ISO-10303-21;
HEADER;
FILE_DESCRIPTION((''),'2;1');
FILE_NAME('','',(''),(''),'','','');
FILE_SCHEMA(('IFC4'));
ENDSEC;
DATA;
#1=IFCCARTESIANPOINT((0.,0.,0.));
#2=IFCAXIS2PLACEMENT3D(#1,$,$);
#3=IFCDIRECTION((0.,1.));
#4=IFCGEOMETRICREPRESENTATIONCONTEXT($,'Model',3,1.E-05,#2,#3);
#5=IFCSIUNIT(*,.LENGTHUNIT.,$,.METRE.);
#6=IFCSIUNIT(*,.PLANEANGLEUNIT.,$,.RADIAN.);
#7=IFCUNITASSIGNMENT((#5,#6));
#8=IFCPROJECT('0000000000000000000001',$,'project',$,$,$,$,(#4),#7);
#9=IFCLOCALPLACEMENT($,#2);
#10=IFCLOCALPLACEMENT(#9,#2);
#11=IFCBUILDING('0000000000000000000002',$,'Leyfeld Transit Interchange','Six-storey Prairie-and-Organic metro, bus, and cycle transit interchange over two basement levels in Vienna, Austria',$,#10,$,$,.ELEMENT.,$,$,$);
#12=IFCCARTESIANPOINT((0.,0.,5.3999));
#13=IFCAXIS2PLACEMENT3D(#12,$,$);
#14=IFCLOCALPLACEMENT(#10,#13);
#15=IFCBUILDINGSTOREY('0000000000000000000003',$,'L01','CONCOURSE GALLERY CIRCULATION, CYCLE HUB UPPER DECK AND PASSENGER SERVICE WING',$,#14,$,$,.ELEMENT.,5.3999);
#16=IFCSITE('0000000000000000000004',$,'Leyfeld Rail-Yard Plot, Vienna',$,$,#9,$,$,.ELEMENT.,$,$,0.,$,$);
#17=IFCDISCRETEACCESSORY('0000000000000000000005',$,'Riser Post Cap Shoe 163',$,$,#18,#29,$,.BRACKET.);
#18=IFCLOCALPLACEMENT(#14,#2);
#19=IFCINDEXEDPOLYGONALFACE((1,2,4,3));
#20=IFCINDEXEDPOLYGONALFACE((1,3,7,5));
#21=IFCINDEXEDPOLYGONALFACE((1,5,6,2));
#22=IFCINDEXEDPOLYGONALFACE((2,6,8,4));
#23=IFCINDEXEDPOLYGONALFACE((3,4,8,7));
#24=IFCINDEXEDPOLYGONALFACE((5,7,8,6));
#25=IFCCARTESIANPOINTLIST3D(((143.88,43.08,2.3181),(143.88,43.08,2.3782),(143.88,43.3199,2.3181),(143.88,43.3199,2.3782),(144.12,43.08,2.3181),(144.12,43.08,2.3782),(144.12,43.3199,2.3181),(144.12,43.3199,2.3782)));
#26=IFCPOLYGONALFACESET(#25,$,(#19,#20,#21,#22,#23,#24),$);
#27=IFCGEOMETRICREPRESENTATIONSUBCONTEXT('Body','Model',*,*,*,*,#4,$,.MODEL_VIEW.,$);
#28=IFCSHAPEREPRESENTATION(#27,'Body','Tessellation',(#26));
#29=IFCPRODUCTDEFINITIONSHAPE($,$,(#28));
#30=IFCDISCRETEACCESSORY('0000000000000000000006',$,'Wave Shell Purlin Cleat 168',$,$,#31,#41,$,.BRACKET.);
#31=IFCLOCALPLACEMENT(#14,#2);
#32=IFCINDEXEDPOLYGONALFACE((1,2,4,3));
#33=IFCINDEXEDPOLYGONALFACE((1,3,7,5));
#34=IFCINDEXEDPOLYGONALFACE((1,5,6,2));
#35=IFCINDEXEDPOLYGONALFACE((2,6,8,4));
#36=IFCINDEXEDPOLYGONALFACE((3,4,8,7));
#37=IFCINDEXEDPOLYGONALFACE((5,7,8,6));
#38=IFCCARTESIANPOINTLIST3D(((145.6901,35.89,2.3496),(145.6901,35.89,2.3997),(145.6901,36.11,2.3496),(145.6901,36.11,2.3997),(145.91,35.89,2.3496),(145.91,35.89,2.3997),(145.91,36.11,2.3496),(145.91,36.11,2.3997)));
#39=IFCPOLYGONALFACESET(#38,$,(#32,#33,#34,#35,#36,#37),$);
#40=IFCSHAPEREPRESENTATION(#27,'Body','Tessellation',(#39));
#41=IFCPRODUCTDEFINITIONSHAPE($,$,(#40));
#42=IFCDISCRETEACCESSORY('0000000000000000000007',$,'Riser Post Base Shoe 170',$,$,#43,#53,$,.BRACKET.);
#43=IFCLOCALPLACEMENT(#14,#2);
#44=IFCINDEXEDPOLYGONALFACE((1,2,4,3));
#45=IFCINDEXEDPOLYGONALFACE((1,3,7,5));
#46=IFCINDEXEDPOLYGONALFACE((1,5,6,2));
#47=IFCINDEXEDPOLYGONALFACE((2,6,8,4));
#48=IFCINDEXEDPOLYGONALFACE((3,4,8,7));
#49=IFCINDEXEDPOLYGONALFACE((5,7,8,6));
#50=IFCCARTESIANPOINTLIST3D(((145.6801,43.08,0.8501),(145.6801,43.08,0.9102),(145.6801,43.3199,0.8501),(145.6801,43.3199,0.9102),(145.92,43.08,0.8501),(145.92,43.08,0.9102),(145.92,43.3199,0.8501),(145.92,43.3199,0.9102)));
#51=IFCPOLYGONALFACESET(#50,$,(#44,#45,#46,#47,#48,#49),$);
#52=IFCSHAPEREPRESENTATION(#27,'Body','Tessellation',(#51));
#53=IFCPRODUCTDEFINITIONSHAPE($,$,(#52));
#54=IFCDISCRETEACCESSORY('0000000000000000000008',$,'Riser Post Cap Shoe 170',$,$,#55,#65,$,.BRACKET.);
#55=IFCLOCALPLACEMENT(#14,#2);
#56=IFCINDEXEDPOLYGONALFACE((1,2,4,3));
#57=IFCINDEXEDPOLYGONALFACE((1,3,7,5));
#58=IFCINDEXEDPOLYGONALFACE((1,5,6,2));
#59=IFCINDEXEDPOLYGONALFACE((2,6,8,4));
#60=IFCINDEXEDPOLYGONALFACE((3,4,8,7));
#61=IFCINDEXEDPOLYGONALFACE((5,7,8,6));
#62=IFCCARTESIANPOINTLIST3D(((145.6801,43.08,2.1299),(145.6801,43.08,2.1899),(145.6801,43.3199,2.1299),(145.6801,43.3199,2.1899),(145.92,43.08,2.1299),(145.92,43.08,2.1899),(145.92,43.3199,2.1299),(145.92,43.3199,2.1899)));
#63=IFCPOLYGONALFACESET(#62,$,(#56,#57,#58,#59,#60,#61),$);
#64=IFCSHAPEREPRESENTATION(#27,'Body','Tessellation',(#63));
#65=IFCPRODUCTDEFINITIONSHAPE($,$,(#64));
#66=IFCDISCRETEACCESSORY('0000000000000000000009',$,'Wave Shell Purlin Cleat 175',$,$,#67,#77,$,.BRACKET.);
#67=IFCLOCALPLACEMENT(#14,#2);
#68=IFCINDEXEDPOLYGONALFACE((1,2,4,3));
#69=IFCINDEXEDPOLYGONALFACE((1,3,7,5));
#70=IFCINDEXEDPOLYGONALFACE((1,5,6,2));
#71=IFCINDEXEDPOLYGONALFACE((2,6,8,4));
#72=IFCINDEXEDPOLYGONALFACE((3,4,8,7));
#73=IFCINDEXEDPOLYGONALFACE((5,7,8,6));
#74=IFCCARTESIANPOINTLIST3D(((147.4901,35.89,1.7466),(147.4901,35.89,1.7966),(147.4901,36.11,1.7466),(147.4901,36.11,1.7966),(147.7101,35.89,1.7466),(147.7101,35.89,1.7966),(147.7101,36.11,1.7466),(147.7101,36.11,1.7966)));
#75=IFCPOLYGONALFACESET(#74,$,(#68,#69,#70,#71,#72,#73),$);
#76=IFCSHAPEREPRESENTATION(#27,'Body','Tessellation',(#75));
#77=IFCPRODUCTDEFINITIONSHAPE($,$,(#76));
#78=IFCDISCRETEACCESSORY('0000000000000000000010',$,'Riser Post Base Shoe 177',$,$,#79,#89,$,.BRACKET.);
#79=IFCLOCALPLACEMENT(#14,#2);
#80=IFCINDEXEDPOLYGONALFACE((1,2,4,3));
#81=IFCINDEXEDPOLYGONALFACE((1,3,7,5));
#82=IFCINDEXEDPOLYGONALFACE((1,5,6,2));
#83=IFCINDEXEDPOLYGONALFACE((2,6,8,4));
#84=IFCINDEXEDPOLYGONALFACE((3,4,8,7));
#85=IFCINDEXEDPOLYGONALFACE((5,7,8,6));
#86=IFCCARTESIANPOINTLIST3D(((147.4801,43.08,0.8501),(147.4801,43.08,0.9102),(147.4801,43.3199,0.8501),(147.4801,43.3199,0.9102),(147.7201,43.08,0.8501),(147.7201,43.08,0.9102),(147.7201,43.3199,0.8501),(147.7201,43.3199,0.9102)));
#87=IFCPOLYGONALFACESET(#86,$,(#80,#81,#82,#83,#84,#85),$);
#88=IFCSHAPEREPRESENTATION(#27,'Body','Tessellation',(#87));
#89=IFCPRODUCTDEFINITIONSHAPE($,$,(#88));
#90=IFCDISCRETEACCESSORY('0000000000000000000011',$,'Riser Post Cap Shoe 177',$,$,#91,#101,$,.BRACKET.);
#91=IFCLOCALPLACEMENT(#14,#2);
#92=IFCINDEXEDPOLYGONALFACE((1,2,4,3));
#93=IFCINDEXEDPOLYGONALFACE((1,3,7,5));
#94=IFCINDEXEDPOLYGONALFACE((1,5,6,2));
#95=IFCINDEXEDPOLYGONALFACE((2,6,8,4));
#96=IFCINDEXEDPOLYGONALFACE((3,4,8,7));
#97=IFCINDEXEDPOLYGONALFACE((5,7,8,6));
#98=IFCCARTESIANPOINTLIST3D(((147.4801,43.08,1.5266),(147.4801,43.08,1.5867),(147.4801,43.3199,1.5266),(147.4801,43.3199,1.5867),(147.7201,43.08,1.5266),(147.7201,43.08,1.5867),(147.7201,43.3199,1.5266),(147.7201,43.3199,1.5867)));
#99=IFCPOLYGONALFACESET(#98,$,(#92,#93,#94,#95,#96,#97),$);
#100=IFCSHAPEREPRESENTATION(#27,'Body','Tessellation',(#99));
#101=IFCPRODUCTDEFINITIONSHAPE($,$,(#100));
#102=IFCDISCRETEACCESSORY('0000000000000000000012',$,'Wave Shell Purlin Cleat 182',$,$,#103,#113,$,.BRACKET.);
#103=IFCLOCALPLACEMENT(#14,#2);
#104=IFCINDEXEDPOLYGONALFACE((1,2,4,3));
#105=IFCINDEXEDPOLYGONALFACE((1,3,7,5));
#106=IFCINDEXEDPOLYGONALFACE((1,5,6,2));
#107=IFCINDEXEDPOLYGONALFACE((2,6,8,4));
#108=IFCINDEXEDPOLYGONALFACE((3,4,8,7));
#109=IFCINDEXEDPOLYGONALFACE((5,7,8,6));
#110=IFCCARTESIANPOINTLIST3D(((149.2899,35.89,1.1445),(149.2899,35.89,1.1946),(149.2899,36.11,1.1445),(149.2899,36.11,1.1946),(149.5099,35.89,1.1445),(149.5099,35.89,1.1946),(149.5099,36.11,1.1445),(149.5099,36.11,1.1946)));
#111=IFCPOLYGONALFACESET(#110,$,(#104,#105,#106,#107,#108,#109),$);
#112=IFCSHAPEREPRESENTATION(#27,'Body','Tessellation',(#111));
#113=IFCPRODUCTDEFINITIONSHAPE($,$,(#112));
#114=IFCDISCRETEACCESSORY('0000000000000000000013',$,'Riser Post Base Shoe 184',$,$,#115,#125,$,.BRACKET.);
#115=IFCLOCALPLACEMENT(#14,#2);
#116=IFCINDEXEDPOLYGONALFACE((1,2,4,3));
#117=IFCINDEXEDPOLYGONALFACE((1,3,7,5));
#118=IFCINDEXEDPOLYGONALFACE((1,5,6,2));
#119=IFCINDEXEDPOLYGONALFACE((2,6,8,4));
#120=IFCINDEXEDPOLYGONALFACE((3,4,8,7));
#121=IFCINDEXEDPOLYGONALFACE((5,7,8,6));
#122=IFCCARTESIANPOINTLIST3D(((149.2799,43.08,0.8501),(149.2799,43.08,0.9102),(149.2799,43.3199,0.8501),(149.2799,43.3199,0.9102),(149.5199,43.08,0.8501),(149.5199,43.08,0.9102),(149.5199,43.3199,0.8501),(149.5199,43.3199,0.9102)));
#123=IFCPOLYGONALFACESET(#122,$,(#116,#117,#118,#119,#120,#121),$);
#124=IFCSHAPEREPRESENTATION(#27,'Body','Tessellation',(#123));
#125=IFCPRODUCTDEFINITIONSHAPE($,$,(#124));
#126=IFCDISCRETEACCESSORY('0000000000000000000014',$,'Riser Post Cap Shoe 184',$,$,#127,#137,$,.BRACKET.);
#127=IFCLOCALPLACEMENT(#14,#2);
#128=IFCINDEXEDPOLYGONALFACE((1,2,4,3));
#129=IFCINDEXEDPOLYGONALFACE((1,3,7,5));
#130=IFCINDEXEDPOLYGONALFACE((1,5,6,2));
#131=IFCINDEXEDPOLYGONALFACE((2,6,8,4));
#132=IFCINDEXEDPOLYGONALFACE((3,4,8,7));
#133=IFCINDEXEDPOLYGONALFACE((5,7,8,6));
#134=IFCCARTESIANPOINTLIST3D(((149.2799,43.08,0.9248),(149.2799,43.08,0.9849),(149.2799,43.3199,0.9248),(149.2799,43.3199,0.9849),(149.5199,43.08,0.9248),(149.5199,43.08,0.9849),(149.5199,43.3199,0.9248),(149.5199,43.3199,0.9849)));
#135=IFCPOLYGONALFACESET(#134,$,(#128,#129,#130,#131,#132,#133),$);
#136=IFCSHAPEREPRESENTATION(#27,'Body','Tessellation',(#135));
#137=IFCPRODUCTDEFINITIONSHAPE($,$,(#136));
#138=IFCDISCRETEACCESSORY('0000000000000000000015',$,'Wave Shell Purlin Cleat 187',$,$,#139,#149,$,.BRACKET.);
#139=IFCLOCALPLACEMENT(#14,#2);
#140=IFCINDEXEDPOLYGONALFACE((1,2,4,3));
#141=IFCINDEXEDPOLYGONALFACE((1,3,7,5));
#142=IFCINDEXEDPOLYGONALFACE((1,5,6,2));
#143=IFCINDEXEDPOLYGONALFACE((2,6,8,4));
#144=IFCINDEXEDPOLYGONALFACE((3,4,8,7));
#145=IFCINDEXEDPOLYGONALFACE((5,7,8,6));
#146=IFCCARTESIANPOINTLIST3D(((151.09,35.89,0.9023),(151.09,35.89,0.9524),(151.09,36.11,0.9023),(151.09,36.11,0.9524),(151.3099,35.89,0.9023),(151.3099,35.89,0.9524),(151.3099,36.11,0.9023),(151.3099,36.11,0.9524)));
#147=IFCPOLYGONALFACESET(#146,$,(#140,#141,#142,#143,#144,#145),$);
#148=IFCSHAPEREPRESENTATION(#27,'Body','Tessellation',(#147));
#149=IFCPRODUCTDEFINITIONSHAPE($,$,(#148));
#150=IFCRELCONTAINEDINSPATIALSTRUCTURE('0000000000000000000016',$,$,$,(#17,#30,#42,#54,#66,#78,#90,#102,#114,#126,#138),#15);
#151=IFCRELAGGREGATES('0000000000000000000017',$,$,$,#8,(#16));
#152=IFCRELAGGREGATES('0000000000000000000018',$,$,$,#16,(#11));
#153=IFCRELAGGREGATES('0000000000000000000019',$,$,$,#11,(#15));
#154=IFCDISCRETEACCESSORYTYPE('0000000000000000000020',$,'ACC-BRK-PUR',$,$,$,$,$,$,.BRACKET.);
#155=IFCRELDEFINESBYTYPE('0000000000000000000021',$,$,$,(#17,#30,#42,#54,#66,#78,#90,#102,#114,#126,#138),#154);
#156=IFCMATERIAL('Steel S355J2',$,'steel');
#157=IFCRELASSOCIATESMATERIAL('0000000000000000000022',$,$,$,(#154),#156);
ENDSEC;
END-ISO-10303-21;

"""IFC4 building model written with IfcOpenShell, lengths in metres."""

from ifc_helpers import new_model, si_unit, direction, frame, origin, origin_2d, place, context, subcontext, project, spatial, rectangle, extrude, material, type_object, element, save


model = new_model("IFC4")

# Units and contexts
model_context = context("Model", 3, precision=1e-05, world=origin(), true_north=direction((0.0, 1.0)))
body_context = subcontext(model_context, "Body", "Model", "MODEL_VIEW")
ifc_project = project(units=[si_unit("LENGTHUNIT", "METRE"), si_unit("PLANEANGLEUNIT", "RADIAN")], contexts=[model_context])

# Site, building, storey
site_placement = place(None, origin())
site = spatial("IfcSite", under=ifc_project, at=site_placement, Name="Leyfeld Rail-Yard Plot, Vienna", CompositionType="ELEMENT", RefElevation=0.0)
building_placement = place(site_placement, origin())
building = spatial("IfcBuilding", under=site, at=building_placement, Name="Leyfeld Transit Interchange", Description="Six-storey Prairie-and-Organic metro, bus, and cycle transit interchange over two basement levels in Vienna, Austria", CompositionType="ELEMENT")
storey_placement = place(building_placement, frame((0.0, 0.0, 5.3999)))
storey = spatial("IfcBuildingStorey", under=building, at=storey_placement, Name="L01", Description="CONCOURSE GALLERY CIRCULATION, CYCLE HUB UPPER DECK AND PASSENGER SERVICE WING", CompositionType="ELEMENT", Elevation=5.3999)

# Shared definitions
ifc_material_1 = material(Name="Steel S355J2", Category="steel")

# Discrete accessories
discrete_accessory_type = type_object("IfcDiscreteAccessoryType", Name="ACC-BRK-PUR", PredefinedType="BRACKET", material=ifc_material_1)
for number, where, z_axis, x_axis, name in (
    (1, (144.0, 43.2, 2.3181), (0.0, 0.0, 1.0), (1.0, 0.0, 0.0), "Riser Post Cap Shoe 163"),
):
    element("IfcDiscreteAccessory", number, at=place(storey_placement, frame(where, z_axis=z_axis, x_axis=x_axis)), inside=storey, type_object=discrete_accessory_type, Name=name, PredefinedType="BRACKET", context=body_context, shape_type="SweptSolid", body=[
        extrude(rectangle(XDim=0.24, YDim=0.24, at=origin_2d()), origin(), (0.0, 0.0, 1.0), 0.0601),
    ])
discrete_accessory_1_placement = place(storey_placement, frame((145.8, 36.0, 2.3496), z_axis=(0.0, 0.0, 1.0), x_axis=(1.0, 0.0, 0.0)))
element("IfcDiscreteAccessory", 2, at=discrete_accessory_1_placement, inside=storey, type_object=discrete_accessory_type, Name="Wave Shell Purlin Cleat 168", PredefinedType="BRACKET", context=body_context, shape_type="SweptSolid", body=[
    extrude(rectangle(XDim=0.22, YDim=0.22, at=origin_2d()), origin(), (0.0, 0.0, 1.0), 0.05),
])
for number, where, z_axis, x_axis, name in (
    (3, (145.8, 43.2, 0.8501), (0.0, 0.0, 1.0), (1.0, 0.0, 0.0), "Riser Post Base Shoe 170"),
    (4, (145.8, 43.2, 2.1299), (0.0, 0.0, 1.0), (1.0, 0.0, 0.0), "Riser Post Cap Shoe 170"),
):
    element("IfcDiscreteAccessory", number, at=place(storey_placement, frame(where, z_axis=z_axis, x_axis=x_axis)), inside=storey, type_object=discrete_accessory_type, Name=name, PredefinedType="BRACKET", context=body_context, shape_type="SweptSolid", body=[
        extrude(rectangle(XDim=0.24, YDim=0.24, at=origin_2d()), origin(), (0.0, 0.0, 1.0), 0.0601),
    ])
discrete_accessory_2_placement = place(storey_placement, frame((147.6001, 36.0, 1.7466), z_axis=(0.0, 0.0, 1.0), x_axis=(1.0, 0.0, 0.0)))
element("IfcDiscreteAccessory", 5, at=discrete_accessory_2_placement, inside=storey, type_object=discrete_accessory_type, Name="Wave Shell Purlin Cleat 175", PredefinedType="BRACKET", context=body_context, shape_type="SweptSolid", body=[
    extrude(rectangle(XDim=0.22, YDim=0.22, at=origin_2d()), origin(), (0.0, 0.0, 1.0), 0.05),
])
for number, where, z_axis, x_axis, name in (
    (6, (147.6001, 43.2, 0.8501), (0.0, 0.0, 1.0), (1.0, 0.0, 0.0), "Riser Post Base Shoe 177"),
    (7, (147.6001, 43.2, 1.5266), (0.0, 0.0, 1.0), (1.0, 0.0, 0.0), "Riser Post Cap Shoe 177"),
):
    element("IfcDiscreteAccessory", number, at=place(storey_placement, frame(where, z_axis=z_axis, x_axis=x_axis)), inside=storey, type_object=discrete_accessory_type, Name=name, PredefinedType="BRACKET", context=body_context, shape_type="SweptSolid", body=[
        extrude(rectangle(XDim=0.24, YDim=0.24, at=origin_2d()), origin(), (0.0, 0.0, 1.0), 0.0601),
    ])
discrete_accessory_3_placement = place(storey_placement, frame((149.3999, 36.0, 1.1445), z_axis=(0.0, 0.0, 1.0), x_axis=(1.0, 0.0, 0.0)))
element("IfcDiscreteAccessory", 8, at=discrete_accessory_3_placement, inside=storey, type_object=discrete_accessory_type, Name="Wave Shell Purlin Cleat 182", PredefinedType="BRACKET", context=body_context, shape_type="SweptSolid", body=[
    extrude(rectangle(XDim=0.22, YDim=0.22, at=origin_2d()), origin(), (0.0, 0.0, 1.0), 0.05),
])
for number, where, z_axis, x_axis, name in (
    (9, (149.3999, 43.2, 0.8501), (0.0, 0.0, 1.0), (1.0, 0.0, 0.0), "Riser Post Base Shoe 184"),
    (10, (149.3999, 43.2, 0.9248), (0.0, 0.0, 1.0), (1.0, 0.0, 0.0), "Riser Post Cap Shoe 184"),
):
    element("IfcDiscreteAccessory", number, at=place(storey_placement, frame(where, z_axis=z_axis, x_axis=x_axis)), inside=storey, type_object=discrete_accessory_type, Name=name, PredefinedType="BRACKET", context=body_context, shape_type="SweptSolid", body=[
        extrude(rectangle(XDim=0.24, YDim=0.24, at=origin_2d()), origin(), (0.0, 0.0, 1.0), 0.0601),
    ])
discrete_accessory_4_placement = place(storey_placement, frame((151.2, 36.0, 0.9023), z_axis=(0.0, 0.0, 1.0), x_axis=(1.0, 0.0, 0.0)))
element("IfcDiscreteAccessory", 11, at=discrete_accessory_4_placement, inside=storey, type_object=discrete_accessory_type, Name="Wave Shell Purlin Cleat 187", PredefinedType="BRACKET", context=body_context, shape_type="SweptSolid", body=[
    extrude(rectangle(XDim=0.22, YDim=0.22, at=origin_2d()), origin(), (0.0, 0.0, 1.0), 0.05),
])

save(model, "model.ifc")
